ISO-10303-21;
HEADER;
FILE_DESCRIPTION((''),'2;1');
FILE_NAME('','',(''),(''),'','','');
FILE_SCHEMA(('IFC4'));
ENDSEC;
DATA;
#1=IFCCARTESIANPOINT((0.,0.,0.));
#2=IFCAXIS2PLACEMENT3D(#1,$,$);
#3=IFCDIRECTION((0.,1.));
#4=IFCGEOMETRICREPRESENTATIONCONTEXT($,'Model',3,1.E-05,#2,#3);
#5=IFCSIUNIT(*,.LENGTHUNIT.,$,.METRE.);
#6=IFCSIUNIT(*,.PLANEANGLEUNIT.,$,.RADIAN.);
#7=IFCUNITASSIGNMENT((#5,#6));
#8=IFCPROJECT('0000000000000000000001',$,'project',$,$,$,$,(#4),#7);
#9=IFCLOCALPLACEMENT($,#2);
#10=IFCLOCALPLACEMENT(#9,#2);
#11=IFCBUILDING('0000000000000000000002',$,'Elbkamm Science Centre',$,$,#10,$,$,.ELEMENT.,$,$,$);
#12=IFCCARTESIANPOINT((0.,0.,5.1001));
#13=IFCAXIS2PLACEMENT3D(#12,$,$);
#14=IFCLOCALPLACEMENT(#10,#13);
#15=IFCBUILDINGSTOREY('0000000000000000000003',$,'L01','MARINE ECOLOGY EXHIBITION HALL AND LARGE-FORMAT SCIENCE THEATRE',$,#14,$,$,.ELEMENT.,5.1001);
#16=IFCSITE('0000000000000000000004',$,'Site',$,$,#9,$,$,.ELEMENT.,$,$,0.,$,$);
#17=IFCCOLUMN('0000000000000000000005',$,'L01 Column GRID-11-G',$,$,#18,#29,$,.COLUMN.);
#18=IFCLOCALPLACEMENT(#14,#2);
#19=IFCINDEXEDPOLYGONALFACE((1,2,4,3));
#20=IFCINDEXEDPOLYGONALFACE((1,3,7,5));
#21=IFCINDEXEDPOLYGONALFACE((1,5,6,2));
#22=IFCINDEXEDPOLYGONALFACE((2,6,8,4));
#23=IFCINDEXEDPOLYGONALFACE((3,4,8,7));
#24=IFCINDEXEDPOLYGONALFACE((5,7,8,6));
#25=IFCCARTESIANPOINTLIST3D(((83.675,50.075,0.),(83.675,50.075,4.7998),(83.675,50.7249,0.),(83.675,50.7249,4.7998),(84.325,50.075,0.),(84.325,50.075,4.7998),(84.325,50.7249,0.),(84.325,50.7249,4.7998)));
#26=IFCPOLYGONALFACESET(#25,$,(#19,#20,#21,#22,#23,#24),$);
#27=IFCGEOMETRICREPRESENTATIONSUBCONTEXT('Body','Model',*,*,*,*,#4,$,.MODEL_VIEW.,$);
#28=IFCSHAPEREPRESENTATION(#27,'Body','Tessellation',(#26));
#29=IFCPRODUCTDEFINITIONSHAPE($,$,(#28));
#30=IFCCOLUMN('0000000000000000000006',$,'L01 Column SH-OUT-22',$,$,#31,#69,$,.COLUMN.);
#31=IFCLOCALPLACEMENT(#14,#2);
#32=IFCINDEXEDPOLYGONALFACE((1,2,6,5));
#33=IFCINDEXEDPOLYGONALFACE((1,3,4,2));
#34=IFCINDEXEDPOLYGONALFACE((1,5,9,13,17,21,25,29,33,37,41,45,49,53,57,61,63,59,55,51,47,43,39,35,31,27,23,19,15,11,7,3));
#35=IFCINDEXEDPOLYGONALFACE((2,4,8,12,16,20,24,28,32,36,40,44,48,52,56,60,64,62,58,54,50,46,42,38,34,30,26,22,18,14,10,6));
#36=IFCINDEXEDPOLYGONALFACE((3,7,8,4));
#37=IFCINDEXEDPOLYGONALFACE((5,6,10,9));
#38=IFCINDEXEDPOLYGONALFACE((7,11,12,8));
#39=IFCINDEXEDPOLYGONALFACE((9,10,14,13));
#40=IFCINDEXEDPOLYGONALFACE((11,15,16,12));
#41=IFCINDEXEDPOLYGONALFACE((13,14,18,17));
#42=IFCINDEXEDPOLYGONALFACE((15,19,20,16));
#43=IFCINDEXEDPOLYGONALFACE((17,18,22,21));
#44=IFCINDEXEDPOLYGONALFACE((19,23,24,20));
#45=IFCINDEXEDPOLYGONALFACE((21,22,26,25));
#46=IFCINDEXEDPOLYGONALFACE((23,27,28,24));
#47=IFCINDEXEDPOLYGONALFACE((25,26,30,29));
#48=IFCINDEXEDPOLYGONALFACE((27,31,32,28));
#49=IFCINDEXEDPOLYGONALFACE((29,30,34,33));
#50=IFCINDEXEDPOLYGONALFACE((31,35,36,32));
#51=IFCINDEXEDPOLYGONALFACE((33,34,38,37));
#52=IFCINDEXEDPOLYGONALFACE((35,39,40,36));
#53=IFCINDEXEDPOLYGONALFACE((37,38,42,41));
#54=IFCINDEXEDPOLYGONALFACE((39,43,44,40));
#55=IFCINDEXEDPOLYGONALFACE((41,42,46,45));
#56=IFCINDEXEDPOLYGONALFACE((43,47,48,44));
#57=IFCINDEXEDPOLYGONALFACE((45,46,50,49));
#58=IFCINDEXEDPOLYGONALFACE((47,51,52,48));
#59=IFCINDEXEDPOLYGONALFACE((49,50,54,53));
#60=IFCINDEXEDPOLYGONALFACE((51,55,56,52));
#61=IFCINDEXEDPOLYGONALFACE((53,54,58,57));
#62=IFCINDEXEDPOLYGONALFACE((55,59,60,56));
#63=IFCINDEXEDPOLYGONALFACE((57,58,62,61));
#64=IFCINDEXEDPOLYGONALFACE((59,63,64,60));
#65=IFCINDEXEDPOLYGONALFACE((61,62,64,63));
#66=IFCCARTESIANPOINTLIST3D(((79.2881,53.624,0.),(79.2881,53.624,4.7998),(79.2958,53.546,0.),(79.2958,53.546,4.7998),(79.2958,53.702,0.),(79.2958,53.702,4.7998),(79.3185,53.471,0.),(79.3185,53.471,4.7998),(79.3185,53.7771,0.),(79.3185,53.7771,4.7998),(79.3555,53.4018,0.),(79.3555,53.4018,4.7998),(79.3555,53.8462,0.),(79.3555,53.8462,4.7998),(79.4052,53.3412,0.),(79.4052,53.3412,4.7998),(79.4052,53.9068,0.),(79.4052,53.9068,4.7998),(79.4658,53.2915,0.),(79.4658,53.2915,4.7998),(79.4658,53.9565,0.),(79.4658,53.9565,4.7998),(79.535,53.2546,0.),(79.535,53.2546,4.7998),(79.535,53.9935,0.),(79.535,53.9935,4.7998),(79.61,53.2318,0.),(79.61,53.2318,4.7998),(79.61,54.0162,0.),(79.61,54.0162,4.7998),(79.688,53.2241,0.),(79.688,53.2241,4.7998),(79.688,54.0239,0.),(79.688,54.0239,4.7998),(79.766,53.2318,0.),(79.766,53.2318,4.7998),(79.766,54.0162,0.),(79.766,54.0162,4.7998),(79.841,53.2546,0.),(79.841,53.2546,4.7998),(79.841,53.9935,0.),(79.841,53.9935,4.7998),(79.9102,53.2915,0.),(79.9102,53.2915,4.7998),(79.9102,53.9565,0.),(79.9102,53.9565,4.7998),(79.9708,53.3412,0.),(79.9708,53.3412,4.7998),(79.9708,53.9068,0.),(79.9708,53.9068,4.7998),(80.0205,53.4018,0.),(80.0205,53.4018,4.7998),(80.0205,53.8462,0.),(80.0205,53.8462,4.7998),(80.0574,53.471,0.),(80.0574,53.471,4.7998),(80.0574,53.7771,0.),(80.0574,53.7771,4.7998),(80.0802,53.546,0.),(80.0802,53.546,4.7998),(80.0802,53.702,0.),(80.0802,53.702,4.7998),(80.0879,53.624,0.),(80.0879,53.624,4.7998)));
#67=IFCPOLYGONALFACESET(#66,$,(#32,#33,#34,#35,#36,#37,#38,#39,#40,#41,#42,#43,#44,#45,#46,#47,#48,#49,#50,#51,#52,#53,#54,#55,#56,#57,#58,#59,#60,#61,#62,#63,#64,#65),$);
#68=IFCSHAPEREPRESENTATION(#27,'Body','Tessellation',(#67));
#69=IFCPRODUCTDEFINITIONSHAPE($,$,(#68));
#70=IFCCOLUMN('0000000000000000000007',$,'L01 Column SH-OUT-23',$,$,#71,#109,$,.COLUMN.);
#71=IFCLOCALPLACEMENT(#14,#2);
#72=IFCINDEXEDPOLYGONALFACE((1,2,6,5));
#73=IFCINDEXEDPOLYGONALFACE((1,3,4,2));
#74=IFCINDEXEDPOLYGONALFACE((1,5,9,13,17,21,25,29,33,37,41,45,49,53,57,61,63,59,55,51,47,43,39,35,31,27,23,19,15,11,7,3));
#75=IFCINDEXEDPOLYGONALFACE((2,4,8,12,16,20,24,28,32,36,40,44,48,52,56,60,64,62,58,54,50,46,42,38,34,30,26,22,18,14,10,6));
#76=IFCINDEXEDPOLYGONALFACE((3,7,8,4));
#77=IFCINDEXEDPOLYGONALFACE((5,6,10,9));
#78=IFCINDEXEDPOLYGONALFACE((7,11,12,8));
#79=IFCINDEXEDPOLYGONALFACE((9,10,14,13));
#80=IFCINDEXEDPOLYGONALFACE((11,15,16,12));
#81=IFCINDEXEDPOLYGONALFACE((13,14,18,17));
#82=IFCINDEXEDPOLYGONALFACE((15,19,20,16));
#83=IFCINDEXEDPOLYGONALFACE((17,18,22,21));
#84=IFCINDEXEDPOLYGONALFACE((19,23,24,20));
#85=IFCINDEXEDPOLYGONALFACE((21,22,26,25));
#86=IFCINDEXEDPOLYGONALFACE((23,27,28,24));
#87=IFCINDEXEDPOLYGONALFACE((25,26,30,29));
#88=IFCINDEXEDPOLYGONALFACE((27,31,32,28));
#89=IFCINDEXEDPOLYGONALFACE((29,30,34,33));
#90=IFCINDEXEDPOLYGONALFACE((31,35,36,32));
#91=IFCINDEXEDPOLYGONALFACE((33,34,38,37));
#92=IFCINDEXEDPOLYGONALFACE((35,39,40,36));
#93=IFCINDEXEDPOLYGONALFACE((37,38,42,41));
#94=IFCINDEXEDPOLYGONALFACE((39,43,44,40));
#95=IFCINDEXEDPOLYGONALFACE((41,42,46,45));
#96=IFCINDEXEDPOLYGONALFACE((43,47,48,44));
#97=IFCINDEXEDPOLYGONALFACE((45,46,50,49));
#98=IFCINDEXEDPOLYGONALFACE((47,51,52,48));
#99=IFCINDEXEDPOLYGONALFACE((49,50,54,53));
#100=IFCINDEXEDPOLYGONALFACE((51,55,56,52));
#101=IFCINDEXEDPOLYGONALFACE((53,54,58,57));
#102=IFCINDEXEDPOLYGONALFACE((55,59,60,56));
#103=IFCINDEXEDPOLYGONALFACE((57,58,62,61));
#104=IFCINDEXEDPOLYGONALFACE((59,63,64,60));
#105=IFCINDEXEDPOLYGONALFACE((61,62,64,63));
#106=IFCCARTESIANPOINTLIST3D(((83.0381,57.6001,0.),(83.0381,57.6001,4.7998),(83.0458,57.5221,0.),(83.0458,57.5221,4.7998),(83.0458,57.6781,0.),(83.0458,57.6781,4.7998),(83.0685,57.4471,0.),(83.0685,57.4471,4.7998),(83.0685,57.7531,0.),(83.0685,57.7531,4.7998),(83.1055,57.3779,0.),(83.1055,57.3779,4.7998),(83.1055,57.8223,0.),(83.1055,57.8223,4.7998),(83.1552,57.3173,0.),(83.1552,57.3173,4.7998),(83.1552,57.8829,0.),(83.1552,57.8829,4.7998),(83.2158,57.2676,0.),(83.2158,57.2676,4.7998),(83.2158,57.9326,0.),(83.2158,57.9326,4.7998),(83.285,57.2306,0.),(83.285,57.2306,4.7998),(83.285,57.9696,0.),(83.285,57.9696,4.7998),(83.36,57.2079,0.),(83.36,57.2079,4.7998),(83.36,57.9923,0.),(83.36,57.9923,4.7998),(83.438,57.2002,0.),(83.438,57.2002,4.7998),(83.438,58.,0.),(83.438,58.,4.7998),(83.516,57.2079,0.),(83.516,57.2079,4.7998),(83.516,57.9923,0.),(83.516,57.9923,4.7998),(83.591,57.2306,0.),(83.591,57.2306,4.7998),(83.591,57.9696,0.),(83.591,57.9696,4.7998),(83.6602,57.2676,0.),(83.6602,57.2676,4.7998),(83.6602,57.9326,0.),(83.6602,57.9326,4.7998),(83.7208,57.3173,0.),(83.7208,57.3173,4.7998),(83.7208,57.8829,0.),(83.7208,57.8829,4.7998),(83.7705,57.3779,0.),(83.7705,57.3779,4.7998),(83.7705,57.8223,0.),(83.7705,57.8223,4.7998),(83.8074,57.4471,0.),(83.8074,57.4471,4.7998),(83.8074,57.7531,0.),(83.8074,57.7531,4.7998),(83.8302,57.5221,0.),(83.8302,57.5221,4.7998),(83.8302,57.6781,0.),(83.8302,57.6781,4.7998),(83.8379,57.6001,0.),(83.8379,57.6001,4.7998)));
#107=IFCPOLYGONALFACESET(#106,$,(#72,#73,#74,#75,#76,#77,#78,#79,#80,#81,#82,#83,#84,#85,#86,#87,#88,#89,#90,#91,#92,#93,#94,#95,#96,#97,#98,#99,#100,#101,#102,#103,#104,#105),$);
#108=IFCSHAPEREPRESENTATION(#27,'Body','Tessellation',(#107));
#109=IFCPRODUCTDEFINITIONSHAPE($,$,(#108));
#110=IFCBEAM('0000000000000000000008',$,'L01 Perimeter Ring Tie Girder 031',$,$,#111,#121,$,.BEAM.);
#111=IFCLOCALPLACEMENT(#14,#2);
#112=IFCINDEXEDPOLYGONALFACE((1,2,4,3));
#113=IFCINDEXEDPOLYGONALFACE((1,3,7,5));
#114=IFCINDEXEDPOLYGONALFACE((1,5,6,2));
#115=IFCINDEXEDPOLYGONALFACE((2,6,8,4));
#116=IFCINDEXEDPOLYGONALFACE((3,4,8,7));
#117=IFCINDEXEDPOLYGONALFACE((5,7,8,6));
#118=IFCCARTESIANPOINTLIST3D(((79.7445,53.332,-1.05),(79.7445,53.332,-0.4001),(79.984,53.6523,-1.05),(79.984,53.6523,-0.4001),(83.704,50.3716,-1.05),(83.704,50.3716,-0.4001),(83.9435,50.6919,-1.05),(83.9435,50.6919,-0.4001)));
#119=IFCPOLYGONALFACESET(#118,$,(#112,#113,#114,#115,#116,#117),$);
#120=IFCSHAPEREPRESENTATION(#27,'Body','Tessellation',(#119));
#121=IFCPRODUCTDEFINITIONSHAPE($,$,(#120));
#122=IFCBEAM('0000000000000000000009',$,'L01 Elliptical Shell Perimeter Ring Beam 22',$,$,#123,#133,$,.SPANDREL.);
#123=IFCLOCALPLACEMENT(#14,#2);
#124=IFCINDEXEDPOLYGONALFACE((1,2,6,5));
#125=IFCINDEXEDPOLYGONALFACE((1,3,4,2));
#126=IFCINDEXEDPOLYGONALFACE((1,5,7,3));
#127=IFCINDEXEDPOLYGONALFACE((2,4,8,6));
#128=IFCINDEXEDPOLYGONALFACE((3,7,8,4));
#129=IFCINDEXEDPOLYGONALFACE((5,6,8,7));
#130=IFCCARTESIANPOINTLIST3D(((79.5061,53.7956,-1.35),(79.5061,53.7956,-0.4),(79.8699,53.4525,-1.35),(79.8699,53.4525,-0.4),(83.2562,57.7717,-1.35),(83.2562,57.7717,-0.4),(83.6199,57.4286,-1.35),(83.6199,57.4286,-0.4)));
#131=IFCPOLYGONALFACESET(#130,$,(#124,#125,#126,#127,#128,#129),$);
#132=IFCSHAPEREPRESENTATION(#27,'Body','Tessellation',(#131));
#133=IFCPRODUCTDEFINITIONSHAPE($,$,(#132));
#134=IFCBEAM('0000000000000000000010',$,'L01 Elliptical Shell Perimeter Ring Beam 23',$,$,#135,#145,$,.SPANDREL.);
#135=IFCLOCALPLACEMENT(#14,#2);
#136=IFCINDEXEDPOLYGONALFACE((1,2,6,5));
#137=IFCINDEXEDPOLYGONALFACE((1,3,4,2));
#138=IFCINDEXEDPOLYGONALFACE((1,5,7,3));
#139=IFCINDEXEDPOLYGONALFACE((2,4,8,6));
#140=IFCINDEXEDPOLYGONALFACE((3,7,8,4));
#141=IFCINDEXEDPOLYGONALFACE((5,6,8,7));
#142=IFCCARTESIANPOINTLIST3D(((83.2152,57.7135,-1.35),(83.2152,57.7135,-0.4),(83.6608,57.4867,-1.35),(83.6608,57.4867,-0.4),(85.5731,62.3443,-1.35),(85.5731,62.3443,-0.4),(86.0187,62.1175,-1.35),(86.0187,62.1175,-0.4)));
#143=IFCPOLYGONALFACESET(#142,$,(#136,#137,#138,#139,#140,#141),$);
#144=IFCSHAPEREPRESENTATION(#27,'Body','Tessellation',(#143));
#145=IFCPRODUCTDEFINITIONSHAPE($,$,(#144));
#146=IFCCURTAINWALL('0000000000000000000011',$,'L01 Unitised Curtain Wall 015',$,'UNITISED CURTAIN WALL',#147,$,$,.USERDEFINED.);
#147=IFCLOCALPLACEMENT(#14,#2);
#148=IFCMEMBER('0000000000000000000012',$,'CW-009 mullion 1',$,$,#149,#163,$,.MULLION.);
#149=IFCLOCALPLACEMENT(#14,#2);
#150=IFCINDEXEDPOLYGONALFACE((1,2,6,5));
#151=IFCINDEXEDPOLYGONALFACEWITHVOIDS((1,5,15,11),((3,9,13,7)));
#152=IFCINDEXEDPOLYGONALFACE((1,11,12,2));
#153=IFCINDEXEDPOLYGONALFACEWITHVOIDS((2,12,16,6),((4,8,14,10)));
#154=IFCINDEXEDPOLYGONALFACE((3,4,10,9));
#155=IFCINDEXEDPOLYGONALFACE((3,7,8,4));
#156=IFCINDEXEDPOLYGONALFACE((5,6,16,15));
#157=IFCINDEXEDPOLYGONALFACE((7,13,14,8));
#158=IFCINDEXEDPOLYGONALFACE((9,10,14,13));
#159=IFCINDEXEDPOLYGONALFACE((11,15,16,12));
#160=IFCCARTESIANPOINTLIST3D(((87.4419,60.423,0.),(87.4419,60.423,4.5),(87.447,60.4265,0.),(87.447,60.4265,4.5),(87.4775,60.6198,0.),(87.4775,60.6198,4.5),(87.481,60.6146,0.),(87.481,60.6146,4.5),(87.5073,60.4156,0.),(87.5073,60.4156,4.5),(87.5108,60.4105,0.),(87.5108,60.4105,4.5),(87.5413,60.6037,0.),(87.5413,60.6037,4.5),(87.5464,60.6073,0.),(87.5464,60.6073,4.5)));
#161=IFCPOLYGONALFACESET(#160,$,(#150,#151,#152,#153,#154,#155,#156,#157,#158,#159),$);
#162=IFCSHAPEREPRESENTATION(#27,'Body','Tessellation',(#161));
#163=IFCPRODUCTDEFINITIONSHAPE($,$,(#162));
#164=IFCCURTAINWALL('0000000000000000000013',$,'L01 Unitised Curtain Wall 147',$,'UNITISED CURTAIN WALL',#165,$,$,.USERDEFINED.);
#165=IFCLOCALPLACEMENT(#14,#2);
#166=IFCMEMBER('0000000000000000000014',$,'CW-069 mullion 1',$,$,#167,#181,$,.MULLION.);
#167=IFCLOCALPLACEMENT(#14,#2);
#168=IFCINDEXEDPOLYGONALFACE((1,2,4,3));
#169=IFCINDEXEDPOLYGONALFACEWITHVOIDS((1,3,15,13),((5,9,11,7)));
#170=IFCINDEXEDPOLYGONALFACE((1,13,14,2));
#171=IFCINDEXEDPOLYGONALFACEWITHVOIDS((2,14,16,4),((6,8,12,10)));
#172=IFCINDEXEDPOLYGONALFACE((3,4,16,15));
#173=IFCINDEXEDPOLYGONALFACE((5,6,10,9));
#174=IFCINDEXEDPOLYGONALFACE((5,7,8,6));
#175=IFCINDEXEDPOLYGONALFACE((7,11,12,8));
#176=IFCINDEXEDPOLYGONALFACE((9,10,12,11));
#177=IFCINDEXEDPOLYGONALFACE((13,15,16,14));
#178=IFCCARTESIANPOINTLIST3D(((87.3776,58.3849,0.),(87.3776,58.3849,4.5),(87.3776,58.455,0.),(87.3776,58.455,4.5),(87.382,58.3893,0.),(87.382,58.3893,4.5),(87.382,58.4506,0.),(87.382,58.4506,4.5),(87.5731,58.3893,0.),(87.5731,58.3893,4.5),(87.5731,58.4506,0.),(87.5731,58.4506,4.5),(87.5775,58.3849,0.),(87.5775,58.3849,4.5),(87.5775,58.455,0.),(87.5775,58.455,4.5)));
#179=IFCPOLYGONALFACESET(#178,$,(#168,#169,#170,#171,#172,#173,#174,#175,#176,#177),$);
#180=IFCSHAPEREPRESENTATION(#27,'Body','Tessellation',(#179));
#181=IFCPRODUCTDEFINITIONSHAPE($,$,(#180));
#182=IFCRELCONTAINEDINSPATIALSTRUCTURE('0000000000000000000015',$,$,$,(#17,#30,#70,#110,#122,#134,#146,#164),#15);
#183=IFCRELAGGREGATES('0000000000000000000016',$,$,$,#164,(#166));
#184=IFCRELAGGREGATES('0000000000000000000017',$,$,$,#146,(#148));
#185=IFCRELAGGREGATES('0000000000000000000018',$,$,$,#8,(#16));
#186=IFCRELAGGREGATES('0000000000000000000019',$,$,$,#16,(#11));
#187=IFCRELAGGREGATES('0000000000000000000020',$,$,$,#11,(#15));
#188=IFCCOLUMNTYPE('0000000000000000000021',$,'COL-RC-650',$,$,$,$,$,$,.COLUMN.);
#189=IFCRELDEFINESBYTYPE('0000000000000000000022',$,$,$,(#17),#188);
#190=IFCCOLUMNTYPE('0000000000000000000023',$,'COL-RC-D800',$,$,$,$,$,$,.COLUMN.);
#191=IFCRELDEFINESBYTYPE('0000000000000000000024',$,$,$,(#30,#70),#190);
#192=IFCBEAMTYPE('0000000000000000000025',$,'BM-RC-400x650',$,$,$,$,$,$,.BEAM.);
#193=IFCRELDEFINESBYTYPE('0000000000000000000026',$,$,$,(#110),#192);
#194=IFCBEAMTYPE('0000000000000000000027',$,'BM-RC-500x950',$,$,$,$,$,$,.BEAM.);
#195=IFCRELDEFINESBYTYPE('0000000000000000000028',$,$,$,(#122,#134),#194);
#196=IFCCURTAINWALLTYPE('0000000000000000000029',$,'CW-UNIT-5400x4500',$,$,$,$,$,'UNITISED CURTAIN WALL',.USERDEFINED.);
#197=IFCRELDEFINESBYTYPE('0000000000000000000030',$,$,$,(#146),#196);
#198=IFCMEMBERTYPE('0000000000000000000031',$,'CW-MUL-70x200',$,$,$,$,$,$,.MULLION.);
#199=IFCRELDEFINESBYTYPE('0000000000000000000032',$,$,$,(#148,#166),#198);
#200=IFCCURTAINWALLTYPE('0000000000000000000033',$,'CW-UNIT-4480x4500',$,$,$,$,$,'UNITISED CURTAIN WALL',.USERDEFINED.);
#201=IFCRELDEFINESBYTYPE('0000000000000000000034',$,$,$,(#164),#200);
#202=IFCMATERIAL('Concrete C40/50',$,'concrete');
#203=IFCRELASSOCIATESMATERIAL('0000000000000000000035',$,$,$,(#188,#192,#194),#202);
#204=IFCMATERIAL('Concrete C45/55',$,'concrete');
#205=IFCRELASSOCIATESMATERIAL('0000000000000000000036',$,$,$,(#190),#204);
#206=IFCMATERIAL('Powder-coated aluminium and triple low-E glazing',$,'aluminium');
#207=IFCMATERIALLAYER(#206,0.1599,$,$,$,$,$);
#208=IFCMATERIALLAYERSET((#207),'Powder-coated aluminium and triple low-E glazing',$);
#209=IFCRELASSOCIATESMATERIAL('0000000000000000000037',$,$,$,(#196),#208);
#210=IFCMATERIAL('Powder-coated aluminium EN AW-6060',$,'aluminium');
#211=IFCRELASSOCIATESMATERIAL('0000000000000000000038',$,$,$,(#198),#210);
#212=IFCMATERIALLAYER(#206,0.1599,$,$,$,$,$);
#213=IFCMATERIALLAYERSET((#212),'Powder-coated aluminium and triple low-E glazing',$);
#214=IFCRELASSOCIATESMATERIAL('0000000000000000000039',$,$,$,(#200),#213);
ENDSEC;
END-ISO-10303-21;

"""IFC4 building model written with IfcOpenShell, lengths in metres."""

from ifc_helpers import new_model, si_unit, direction, frame, origin, origin_2d, place, context, subcontext, project, spatial, rectangle, hollow_rectangle, circle, extrude, material, layer, layer_set, material_profile, profile_set, type_object, element, aggregate, save


model = new_model("IFC4")

# Units and contexts
model_context = context("Model", 3, precision=1e-05, world=origin(), true_north=direction((0.0, 1.0)))
body_context = subcontext(model_context, "Body", "Model", "MODEL_VIEW")
ifc_project = project(units=[si_unit("LENGTHUNIT", "METRE"), si_unit("PLANEANGLEUNIT", "RADIAN")], contexts=[model_context])

# Site, building, storey
site_placement = place(None, origin())
site = spatial("IfcSite", under=ifc_project, at=site_placement, Name="Site", CompositionType="ELEMENT", RefElevation=0.0)
building_placement = place(site_placement, origin())
building = spatial("IfcBuilding", under=site, at=building_placement, Name="Elbkamm Science Centre", CompositionType="ELEMENT")
storey_placement = place(building_placement, frame((0.0, 0.0, 5.1001)))
storey = spatial("IfcBuildingStorey", under=building, at=storey_placement, Name="L01", Description="MARINE ECOLOGY EXHIBITION HALL AND LARGE-FORMAT SCIENCE THEATRE", CompositionType="ELEMENT", Elevation=5.1001)

# Columns
ifc_material_1 = material(Name="Concrete C40/50", Category="concrete")
ifc_material_profile_1 = material_profile(ifc_material_1, rectangle(XDim=0.6499, YDim=0.6499, at=origin_2d()), Name="RC 650x650")
ifc_profile_set_1 = profile_set([ifc_material_profile_1], Name="Concrete C40/50")
column_type_1 = type_object("IfcColumnType", Name="COL-RC-650", PredefinedType="COLUMN", material=ifc_profile_set_1)
column_placement = place(storey_placement, frame((84.0, 50.3999, 0.0), z_axis=(0.0, 0.0, 1.0), x_axis=(1.0, 0.0, 0.0)))
element("IfcColumn", 1, at=column_placement, inside=storey, type_object=column_type_1, Name="L01 Column GRID-11-G", PredefinedType="COLUMN", context=body_context, shape_type="SweptSolid", body=[
    extrude(rectangle(XDim=0.6499, YDim=0.6499, at=origin_2d()), origin(), (0.0, 0.0, 1.0), 4.7998),
])
ifc_material_2 = material(Name="Concrete C45/55", Category="concrete")
ifc_material_profile_2 = material_profile(ifc_material_2, circle(Radius=0.3999, at=origin_2d()), Name="RC D800")
ifc_profile_set_2 = profile_set([ifc_material_profile_2], Name="Concrete C45/55")
column_type_2 = type_object("IfcColumnType", Name="COL-RC-D800", PredefinedType="COLUMN", material=ifc_profile_set_2)
for number, where, z_axis, x_axis, name in (
    (2, (79.688, 53.624, 0.0), (0.0, 0.0, 1.0), (1.0, 0.0, 0.0), "L01 Column SH-OUT-22"),
    (3, (83.438, 57.6001, 0.0), (0.0, 0.0, 1.0), (1.0, 0.0, 0.0), "L01 Column SH-OUT-23"),
):
    element("IfcColumn", number, at=place(storey_placement, frame(where, z_axis=z_axis, x_axis=x_axis)), inside=storey, type_object=column_type_2, Name=name, PredefinedType="COLUMN", context=body_context, shape_type="SweptSolid", body=[
        extrude(circle(Radius=0.3999, at=origin_2d()), origin(), (0.0, 0.0, 1.0), 4.7998),
    ])

# Beams
ifc_material_profile_3 = material_profile(ifc_material_1, rectangle(XDim=0.3999, YDim=0.6499, at=origin_2d()), Name="RC 400x650")
ifc_profile_set_3 = profile_set([ifc_material_profile_3], Name="Concrete C40/50")
beam_type_1 = type_object("IfcBeamType", Name="BM-RC-400x650", PredefinedType="BEAM", material=ifc_profile_set_3)
beam_1_placement = place(storey_placement, frame((83.8237, 50.5317, -0.7251), z_axis=(-0.800888, 0.598814, 0.0), x_axis=(-0.598814, -0.800888, 0.0)))
element("IfcBeam", 4, at=beam_1_placement, inside=storey, type_object=beam_type_1, Name="L01 Perimeter Ring Tie Girder 031", PredefinedType="BEAM", context=body_context, shape_type="SweptSolid", body=[
    extrude(rectangle(XDim=0.3999, YDim=0.6499, at=origin_2d()), origin(), (0.0, 0.0, 1.0), 4.9438),
])
ifc_material_profile_4 = material_profile(ifc_material_1, rectangle(XDim=0.5, YDim=0.95, at=origin_2d()), Name="RC 500x950")
ifc_profile_set_4 = profile_set([ifc_material_profile_4], Name="Concrete C40/50")
beam_type_2 = type_object("IfcBeamType", Name="BM-RC-500x950", PredefinedType="BEAM", material=ifc_profile_set_4)
beam_2_placement = place(storey_placement, frame((79.688, 53.624, -0.875), z_axis=(0.686122, 0.727486, 0.0), x_axis=(-0.727486, 0.686122, 0.0)))
element("IfcBeam", 5, at=beam_2_placement, inside=storey, type_object=beam_type_2, Name="L01 Elliptical Shell Perimeter Ring Beam 22", PredefinedType="SPANDREL", context=body_context, shape_type="SweptSolid", body=[
    extrude(rectangle(XDim=0.5, YDim=0.95, at=origin_2d()), origin(), (0.0, 0.0, 1.0), 5.4656),
])
beam_3_placement = place(storey_placement, frame((83.438, 57.6001, -0.875), z_axis=(0.453741, 0.891133, 0.0), x_axis=(-0.891133, 0.453741, 0.0)))
element("IfcBeam", 6, at=beam_3_placement, inside=storey, type_object=beam_type_2, Name="L01 Elliptical Shell Perimeter Ring Beam 23", PredefinedType="SPANDREL", context=body_context, shape_type="SweptSolid", body=[
    extrude(rectangle(XDim=0.5, YDim=0.95, at=origin_2d()), origin(), (0.0, 0.0, 1.0), 5.1965),
])

# Curtain walls, members
ifc_material_3 = material(Name="Powder-coated aluminium and triple low-E glazing", Category="aluminium")
ifc_layer_1 = layer(ifc_material_3, 0.1599)
ifc_layer_set_1 = layer_set([ifc_layer_1], Name="Powder-coated aluminium and triple low-E glazing")
curtain_wall_type_1 = type_object("IfcCurtainWallType", Name="CW-UNIT-5400x4500", ElementType="UNITISED CURTAIN WALL", PredefinedType="USERDEFINED", material=ifc_layer_set_1)
curtain_wall_1_placement = place(storey_placement, origin())
curtain_wall_1 = element("IfcCurtainWall", 7, at=curtain_wall_1_placement, inside=storey, type_object=curtain_wall_type_1, Name="L01 Unitised Curtain Wall 015", ObjectType="UNITISED CURTAIN WALL", PredefinedType="USERDEFINED")
ifc_material_4 = material(Name="Powder-coated aluminium EN AW-6060", Category="aluminium")
ifc_material_profile_5 = material_profile(ifc_material_4, hollow_rectangle(XDim=0.0701, YDim=0.2, WallThickness=0.0044, at=origin_2d()), Name="ALU M70x200")
ifc_profile_set_5 = profile_set([ifc_material_profile_5], Name="Powder-coated aluminium EN AW-6060")
member_type_1 = type_object("IfcMemberType", Name="CW-MUL-70x200", PredefinedType="MULLION", material=ifc_profile_set_5)
member_1_placement = place(storey_placement, frame((87.4941, 60.5151, 0.0), z_axis=(0.0, 0.0, 1.0), x_axis=(-0.98403, 0.178003, 0.0)))
member_1 = element("IfcMember", 8, at=member_1_placement, type_object=member_type_1, Name="CW-009 mullion 1", PredefinedType="MULLION", context=body_context, shape_type="SweptSolid", body=[
    extrude(hollow_rectangle(XDim=0.0701, YDim=0.2, WallThickness=0.0044, at=origin_2d()), origin(), (0.0, 0.0, 1.0), 4.5),
])
ifc_layer_2 = layer(ifc_material_3, 0.1599)
ifc_layer_set_2 = layer_set([ifc_layer_2], Name="Powder-coated aluminium and triple low-E glazing")
curtain_wall_type_2 = type_object("IfcCurtainWallType", Name="CW-UNIT-4480x4500", ElementType="UNITISED CURTAIN WALL", PredefinedType="USERDEFINED", material=ifc_layer_set_2)
curtain_wall_2_placement = place(storey_placement, origin())
curtain_wall_2 = element("IfcCurtainWall", 9, at=curtain_wall_2_placement, inside=storey, type_object=curtain_wall_type_2, Name="L01 Unitised Curtain Wall 147", ObjectType="UNITISED CURTAIN WALL", PredefinedType="USERDEFINED")
member_2_placement = place(storey_placement, frame((87.4775, 58.4199, 0.0), z_axis=(0.0, 0.0, 1.0), x_axis=(0.0, 1.0, 0.0)))
member_2 = element("IfcMember", 10, at=member_2_placement, type_object=member_type_1, Name="CW-069 mullion 1", PredefinedType="MULLION", context=body_context, shape_type="SweptSolid", body=[
    extrude(hollow_rectangle(XDim=0.0701, YDim=0.2, WallThickness=0.0044, at=origin_2d()), origin(), (0.0, 0.0, 1.0), 4.5),
])

aggregate(curtain_wall_2, [member_2])

aggregate(curtain_wall_1, [member_1])

save(model, "model.ifc")
